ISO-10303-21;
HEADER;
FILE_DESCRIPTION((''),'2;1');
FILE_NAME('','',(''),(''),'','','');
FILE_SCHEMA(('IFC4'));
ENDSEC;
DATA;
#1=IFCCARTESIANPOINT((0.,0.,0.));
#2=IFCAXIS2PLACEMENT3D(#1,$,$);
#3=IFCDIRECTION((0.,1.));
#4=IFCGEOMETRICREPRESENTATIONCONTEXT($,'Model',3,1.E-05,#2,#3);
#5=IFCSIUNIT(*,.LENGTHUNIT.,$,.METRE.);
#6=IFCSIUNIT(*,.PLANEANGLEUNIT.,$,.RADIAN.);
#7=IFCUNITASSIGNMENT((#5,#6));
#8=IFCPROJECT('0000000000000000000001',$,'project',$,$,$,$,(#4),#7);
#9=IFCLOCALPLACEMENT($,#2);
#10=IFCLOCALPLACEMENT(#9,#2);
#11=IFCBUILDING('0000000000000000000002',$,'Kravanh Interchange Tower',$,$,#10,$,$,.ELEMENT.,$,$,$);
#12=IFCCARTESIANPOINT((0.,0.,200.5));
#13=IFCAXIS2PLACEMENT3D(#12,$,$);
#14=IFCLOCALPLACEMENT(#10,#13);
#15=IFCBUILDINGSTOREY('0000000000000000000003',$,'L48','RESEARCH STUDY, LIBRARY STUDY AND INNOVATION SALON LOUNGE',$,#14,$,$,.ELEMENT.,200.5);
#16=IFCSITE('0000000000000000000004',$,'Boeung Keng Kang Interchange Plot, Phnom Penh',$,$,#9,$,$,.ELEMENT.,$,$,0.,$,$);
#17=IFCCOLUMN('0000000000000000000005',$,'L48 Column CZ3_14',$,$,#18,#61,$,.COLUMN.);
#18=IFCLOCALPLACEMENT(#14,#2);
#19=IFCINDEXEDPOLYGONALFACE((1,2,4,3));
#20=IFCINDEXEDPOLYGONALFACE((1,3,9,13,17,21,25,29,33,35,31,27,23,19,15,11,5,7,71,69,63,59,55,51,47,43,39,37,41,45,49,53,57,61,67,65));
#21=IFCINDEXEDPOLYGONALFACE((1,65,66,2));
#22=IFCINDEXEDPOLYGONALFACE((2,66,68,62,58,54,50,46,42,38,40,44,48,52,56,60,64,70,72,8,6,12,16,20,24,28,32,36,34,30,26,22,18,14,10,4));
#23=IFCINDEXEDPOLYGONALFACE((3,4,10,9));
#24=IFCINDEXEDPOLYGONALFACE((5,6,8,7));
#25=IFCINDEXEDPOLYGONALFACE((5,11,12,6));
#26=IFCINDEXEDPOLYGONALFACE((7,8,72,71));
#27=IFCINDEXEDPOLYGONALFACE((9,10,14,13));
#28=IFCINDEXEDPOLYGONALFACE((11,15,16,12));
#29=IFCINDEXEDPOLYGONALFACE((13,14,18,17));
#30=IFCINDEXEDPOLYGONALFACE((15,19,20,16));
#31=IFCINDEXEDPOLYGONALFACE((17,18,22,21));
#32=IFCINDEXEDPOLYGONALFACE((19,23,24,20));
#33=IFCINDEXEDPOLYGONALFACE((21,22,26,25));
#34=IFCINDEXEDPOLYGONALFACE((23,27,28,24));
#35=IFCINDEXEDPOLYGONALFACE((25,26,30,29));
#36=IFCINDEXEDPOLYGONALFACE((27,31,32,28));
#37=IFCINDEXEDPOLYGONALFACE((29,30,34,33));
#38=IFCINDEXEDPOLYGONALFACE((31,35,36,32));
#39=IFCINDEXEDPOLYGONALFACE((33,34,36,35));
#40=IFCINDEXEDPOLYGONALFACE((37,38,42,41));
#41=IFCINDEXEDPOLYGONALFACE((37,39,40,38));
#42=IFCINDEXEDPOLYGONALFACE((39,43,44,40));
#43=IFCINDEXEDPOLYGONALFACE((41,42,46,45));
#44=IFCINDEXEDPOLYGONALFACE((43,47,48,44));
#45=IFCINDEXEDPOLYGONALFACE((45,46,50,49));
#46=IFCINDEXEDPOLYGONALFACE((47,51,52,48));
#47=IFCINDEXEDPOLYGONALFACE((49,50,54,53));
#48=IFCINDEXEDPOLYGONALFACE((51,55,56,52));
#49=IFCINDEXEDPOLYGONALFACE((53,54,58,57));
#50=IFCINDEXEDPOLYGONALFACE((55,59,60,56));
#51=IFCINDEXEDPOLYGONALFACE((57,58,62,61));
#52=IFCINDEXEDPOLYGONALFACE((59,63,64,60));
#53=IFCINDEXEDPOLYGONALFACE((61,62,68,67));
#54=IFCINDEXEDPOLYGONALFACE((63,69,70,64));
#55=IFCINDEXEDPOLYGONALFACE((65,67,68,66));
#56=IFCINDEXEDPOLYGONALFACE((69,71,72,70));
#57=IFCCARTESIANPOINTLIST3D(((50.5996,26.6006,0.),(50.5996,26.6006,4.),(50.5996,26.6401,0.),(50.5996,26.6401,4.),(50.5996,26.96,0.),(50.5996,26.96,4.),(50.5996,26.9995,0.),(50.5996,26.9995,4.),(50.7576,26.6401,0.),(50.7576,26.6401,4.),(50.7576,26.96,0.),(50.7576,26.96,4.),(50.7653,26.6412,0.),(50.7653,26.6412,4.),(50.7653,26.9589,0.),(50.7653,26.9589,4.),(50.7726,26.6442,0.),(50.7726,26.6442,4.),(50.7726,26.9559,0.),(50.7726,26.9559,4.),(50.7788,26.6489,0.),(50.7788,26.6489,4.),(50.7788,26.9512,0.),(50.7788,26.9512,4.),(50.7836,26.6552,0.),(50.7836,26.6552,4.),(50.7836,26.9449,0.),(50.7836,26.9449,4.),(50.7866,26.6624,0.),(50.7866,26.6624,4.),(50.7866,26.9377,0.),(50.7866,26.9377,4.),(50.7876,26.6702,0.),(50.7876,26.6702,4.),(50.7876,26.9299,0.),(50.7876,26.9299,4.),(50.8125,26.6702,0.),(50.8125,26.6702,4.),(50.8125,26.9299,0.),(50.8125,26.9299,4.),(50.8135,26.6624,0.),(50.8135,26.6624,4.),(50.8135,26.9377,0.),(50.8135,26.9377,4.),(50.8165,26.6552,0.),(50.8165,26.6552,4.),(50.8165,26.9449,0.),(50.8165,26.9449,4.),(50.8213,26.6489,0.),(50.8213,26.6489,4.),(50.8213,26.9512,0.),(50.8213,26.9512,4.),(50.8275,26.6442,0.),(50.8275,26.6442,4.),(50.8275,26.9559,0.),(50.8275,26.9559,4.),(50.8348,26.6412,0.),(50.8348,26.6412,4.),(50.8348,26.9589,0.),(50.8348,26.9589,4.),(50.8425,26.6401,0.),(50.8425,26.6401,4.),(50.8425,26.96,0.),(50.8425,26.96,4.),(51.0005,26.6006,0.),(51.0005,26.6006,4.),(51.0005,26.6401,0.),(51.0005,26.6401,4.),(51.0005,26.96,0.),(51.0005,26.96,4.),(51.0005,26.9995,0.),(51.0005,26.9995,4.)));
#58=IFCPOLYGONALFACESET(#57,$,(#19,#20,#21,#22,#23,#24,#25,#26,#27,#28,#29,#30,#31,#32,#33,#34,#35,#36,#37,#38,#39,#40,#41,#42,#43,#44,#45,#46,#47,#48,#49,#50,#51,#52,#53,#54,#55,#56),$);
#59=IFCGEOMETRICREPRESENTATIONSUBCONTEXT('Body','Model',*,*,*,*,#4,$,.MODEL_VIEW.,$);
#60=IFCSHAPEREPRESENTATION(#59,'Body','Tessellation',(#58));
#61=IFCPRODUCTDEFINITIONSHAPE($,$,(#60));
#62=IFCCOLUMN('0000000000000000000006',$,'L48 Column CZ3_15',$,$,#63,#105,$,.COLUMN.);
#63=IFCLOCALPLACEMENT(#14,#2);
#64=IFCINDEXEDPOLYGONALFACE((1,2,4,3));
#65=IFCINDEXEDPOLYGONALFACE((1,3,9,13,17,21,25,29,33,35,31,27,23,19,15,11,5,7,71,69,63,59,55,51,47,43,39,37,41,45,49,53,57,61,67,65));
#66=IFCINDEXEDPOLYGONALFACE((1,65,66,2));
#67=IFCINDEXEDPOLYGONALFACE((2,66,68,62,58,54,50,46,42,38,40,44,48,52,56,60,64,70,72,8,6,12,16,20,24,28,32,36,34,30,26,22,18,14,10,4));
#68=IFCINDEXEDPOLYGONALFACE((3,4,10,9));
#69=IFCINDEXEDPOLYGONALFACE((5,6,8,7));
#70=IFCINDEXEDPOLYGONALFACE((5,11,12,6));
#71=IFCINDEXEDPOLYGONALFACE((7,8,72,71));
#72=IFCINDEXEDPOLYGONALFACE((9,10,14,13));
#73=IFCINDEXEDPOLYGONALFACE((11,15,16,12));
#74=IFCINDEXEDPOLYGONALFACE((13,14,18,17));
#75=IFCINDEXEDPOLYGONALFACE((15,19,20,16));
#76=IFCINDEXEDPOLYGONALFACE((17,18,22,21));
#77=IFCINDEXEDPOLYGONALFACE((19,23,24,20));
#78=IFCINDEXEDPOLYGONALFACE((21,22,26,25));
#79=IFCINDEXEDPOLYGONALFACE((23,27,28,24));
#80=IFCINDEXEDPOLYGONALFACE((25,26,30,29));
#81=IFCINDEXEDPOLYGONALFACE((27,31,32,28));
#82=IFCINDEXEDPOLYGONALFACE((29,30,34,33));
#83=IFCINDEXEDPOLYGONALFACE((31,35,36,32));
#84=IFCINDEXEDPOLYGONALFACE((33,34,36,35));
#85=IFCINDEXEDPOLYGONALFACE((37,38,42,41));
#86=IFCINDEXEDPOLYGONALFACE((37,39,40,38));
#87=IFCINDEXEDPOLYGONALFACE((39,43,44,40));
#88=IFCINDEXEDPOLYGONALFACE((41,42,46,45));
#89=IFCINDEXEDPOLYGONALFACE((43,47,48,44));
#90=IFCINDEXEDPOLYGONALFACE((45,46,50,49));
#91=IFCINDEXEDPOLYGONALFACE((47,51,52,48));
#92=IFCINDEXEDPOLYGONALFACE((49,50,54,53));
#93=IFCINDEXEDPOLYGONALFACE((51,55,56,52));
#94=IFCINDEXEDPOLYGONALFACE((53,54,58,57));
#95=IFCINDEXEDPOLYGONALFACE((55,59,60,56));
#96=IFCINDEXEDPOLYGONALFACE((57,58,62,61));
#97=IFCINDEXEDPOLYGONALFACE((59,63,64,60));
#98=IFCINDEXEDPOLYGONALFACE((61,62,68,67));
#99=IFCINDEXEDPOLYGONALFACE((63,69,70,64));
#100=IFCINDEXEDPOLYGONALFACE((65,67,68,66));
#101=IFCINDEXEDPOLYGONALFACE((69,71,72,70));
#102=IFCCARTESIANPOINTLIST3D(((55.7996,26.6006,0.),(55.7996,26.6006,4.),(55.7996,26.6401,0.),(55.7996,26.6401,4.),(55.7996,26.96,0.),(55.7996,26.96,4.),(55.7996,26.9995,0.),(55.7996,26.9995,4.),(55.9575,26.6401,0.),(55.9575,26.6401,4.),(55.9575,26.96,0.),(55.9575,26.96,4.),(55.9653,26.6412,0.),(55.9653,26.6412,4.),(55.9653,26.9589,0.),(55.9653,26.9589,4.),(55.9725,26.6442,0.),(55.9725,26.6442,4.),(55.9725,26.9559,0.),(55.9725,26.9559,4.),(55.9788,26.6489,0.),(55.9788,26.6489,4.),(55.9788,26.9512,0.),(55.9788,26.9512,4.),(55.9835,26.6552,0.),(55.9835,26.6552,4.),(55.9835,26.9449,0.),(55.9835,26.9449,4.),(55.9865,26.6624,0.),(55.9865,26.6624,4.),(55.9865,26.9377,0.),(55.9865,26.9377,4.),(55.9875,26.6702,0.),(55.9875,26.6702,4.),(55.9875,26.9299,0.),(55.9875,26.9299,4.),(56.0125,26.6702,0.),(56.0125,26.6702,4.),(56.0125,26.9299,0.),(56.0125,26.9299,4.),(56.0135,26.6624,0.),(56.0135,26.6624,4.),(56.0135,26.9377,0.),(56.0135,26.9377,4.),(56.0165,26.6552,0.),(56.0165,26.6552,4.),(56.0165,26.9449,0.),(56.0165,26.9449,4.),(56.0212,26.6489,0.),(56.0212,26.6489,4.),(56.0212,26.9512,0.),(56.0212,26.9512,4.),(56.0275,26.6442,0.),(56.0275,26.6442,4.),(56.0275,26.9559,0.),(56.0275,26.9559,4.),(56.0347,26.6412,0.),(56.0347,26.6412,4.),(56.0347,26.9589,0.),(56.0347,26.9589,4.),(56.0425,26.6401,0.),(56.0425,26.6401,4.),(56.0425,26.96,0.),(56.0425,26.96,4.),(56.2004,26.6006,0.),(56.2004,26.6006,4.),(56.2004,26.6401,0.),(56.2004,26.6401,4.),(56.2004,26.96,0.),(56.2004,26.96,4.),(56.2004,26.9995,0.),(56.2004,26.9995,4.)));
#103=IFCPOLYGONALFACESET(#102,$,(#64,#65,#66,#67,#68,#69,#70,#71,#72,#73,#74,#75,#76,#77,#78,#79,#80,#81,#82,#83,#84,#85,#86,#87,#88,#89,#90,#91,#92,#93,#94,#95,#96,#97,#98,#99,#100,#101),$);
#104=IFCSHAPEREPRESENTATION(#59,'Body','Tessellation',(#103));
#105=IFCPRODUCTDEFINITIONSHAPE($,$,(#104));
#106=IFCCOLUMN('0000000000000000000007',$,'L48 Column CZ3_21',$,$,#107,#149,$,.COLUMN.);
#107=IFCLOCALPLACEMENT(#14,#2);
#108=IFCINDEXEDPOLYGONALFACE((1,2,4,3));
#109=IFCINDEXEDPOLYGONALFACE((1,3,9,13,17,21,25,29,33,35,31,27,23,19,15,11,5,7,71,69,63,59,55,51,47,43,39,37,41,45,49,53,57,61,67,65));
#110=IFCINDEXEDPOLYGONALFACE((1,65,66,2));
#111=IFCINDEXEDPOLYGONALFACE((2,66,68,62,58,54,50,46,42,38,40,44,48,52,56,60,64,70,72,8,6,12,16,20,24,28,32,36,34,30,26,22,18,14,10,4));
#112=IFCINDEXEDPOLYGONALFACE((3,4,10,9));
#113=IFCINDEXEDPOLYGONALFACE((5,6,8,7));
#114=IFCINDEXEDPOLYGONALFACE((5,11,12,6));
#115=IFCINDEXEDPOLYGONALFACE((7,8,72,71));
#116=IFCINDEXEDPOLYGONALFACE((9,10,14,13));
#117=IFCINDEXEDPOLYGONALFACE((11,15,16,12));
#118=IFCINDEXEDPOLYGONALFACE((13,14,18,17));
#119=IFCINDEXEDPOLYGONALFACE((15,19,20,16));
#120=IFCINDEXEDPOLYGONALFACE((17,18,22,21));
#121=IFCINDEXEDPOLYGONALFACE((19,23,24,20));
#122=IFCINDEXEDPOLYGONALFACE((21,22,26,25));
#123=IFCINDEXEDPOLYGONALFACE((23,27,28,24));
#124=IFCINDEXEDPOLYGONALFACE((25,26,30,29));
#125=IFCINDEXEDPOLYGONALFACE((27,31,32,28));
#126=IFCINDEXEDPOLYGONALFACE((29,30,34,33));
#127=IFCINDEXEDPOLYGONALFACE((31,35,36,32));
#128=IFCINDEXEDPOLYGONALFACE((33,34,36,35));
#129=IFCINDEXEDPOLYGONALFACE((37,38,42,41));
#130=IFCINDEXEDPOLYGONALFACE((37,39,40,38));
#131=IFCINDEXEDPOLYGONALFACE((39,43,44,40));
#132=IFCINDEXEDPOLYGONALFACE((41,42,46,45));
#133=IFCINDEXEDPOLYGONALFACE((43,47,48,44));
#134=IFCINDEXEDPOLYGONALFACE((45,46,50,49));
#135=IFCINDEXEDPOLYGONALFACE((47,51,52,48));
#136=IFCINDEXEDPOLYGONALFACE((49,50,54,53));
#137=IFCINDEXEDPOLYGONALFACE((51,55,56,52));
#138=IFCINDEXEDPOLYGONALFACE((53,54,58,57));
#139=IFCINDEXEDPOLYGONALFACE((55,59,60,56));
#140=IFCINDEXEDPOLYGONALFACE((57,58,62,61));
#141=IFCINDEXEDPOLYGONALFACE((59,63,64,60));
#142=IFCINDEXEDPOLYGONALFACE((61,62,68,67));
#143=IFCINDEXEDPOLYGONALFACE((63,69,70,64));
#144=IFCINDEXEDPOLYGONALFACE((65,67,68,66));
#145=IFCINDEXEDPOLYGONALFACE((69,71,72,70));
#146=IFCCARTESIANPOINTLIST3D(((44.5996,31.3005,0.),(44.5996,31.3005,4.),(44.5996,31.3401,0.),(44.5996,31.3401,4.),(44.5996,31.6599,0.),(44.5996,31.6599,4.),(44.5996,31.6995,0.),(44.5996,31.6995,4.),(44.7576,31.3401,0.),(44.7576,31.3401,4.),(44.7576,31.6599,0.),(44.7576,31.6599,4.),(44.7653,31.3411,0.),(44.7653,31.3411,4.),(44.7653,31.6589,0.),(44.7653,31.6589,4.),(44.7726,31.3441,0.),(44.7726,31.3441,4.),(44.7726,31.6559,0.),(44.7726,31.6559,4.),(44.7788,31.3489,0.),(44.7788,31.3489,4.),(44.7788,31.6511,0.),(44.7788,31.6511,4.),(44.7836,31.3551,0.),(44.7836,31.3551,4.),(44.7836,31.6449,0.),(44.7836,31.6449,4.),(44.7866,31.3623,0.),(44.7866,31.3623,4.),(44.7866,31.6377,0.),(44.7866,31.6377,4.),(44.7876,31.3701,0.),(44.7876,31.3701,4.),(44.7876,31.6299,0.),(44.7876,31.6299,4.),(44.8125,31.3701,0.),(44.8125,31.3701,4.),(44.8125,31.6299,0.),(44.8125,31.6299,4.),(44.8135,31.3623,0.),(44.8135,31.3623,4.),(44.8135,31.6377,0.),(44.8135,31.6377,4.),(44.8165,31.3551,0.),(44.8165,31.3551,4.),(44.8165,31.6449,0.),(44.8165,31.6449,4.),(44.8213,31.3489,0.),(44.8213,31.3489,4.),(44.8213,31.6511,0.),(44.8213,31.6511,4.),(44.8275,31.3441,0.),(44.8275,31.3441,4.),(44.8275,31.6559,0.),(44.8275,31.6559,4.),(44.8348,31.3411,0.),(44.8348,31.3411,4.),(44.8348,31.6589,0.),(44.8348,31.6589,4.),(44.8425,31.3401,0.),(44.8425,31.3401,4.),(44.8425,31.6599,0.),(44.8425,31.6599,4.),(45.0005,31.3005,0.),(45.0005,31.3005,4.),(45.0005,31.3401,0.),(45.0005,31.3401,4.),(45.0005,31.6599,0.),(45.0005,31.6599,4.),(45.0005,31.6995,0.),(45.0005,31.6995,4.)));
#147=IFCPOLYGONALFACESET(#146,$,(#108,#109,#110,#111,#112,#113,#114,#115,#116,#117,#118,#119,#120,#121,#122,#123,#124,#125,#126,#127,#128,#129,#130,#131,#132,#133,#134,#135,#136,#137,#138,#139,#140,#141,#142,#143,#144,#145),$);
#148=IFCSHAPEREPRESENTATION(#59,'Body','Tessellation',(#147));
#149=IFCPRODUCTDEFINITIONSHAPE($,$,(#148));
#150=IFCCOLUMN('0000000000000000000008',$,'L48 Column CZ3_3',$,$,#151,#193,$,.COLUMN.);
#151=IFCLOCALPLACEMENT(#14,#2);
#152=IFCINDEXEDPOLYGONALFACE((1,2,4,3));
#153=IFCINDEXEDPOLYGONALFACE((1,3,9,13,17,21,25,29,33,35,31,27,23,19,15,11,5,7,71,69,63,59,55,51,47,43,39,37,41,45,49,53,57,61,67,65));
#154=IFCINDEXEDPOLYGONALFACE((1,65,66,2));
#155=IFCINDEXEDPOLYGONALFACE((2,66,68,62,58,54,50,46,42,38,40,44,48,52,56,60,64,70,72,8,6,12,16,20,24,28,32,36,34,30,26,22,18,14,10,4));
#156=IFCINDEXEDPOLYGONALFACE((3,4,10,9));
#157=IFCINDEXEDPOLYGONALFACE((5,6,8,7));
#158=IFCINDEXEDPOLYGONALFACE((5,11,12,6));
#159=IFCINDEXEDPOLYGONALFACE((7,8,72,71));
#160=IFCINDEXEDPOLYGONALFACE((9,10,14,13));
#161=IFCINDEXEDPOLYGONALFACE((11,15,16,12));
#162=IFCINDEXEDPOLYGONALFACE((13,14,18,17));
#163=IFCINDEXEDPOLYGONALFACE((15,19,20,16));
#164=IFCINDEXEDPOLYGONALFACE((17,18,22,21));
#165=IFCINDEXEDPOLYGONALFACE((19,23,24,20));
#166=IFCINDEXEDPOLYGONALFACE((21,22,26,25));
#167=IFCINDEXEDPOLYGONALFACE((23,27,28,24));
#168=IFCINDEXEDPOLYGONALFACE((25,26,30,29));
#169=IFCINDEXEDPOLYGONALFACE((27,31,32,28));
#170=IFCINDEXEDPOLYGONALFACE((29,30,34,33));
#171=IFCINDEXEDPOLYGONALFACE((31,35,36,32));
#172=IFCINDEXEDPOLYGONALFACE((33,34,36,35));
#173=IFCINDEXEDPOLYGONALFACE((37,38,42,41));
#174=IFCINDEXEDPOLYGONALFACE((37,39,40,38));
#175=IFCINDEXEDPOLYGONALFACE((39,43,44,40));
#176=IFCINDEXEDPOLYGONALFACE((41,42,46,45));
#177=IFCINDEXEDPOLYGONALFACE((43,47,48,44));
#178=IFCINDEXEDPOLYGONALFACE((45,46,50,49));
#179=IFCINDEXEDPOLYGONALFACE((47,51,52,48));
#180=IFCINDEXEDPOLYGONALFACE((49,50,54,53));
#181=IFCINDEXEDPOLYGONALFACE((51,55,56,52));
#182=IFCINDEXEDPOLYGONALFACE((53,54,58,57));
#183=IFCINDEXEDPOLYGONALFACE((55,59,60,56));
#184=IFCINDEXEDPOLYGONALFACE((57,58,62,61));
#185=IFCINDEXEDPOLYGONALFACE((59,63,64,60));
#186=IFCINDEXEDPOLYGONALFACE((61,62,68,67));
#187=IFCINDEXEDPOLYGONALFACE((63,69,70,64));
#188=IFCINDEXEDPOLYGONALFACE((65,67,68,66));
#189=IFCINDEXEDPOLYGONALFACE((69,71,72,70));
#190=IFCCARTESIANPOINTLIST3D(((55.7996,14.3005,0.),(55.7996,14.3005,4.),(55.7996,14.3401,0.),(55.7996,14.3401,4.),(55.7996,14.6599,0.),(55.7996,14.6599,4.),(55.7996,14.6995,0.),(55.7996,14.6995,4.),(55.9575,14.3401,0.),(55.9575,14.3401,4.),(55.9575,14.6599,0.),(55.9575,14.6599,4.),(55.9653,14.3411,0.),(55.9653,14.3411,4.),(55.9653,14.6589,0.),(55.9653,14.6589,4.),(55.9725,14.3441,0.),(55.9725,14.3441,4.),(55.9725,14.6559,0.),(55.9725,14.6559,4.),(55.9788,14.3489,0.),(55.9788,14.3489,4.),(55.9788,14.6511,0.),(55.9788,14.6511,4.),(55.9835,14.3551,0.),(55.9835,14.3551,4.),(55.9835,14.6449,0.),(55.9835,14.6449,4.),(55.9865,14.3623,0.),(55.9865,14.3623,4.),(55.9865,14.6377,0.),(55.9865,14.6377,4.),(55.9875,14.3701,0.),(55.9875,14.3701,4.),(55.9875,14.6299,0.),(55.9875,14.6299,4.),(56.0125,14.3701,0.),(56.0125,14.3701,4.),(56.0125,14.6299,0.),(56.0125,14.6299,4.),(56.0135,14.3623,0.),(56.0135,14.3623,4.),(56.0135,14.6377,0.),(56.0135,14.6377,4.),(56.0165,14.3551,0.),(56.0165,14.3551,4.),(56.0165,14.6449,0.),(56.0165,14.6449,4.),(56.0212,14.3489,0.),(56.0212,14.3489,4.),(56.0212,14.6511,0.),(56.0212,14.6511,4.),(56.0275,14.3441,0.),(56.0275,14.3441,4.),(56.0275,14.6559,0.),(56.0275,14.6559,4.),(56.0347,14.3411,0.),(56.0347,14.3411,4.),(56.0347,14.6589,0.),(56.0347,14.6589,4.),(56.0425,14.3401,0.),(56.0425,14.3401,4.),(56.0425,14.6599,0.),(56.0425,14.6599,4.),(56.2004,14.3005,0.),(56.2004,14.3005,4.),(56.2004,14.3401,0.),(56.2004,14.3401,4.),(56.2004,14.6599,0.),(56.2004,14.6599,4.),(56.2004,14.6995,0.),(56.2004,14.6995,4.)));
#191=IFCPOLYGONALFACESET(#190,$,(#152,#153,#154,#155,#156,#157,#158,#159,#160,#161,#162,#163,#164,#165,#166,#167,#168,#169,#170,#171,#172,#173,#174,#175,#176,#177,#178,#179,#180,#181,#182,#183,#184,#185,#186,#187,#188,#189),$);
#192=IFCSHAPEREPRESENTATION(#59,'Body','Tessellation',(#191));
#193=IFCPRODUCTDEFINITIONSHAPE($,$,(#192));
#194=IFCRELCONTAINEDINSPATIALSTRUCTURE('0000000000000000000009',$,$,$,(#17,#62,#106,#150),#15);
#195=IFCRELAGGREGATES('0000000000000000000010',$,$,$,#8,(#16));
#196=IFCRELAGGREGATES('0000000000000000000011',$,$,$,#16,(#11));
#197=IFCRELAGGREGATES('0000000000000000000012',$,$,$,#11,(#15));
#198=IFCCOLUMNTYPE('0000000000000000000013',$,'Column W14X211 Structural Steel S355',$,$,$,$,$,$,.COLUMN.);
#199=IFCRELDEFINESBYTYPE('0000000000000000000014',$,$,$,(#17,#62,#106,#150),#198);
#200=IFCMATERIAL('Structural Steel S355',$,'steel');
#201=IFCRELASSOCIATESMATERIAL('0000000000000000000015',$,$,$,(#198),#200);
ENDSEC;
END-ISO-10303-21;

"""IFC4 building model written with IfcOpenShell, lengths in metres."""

from ifc_helpers import new_model, si_unit, direction, frame, origin, origin_2d, place, context, subcontext, project, spatial, i_section, extrude, material, material_profile, profile_set, type_object, element, save


model = new_model("IFC4")

# Units and contexts
model_context = context("Model", 3, precision=1e-05, world=origin(), true_north=direction((0.0, 1.0)))
body_context = subcontext(model_context, "Body", "Model", "MODEL_VIEW")
ifc_project = project(units=[si_unit("LENGTHUNIT", "METRE"), si_unit("PLANEANGLEUNIT", "RADIAN")], contexts=[model_context])

# Site, building, storey
site_placement = place(None, origin())
site = spatial("IfcSite", under=ifc_project, at=site_placement, Name="Boeung Keng Kang Interchange Plot, Phnom Penh", CompositionType="ELEMENT", RefElevation=0.0)
building_placement = place(site_placement, origin())
building = spatial("IfcBuilding", under=site, at=building_placement, Name="Kravanh Interchange Tower", CompositionType="ELEMENT")
storey_placement = place(building_placement, frame((0.0, 0.0, 200.5)))
storey = spatial("IfcBuildingStorey", under=building, at=storey_placement, Name="L48", Description="RESEARCH STUDY, LIBRARY STUDY AND INNOVATION SALON LOUNGE", CompositionType="ELEMENT", Elevation=200.5)

# Columns
ifc_material_1 = material(Name="Structural Steel S355", Category="steel")
ifc_material_profile_1 = material_profile(ifc_material_1, i_section(OverallWidth=0.4009, OverallDepth=0.3989, WebThickness=0.0249, FlangeThickness=0.0396, FilletRadius=0.03, at=origin_2d()), Name="W14X211")
ifc_profile_set_1 = profile_set([ifc_material_profile_1], Name="Structural Steel S355")
column_type = type_object("IfcColumnType", Name="Column W14X211 Structural Steel S355", PredefinedType="COLUMN", material=ifc_profile_set_1)
for number, where, z_axis, x_axis, name in (
    (1, (50.8, 26.8, 0.0), (0.0, 0.0, 1.0), (1.0, 0.0, 0.0), "L48 Column CZ3_14"),
    (2, (56.0, 26.8, 0.0), (0.0, 0.0, 1.0), (1.0, 0.0, 0.0), "L48 Column CZ3_15"),
    (3, (44.8, 31.5, 0.0), (0.0, 0.0, 1.0), (1.0, 0.0, 0.0), "L48 Column CZ3_21"),
    (4, (56.0, 14.5, 0.0), (0.0, 0.0, 1.0), (1.0, 0.0, 0.0), "L48 Column CZ3_3"),
):
    element("IfcColumn", number, at=place(storey_placement, frame(where, z_axis=z_axis, x_axis=x_axis)), inside=storey, type_object=column_type, Name=name, PredefinedType="COLUMN", context=body_context, shape_type="SweptSolid", body=[
        extrude(i_section(OverallWidth=0.4009, OverallDepth=0.3989, WebThickness=0.0249, FlangeThickness=0.0396, FilletRadius=0.03, at=origin_2d()), origin(), (0.0, 0.0, 1.0), 4.0),
    ])

save(model, "model.ifc")
